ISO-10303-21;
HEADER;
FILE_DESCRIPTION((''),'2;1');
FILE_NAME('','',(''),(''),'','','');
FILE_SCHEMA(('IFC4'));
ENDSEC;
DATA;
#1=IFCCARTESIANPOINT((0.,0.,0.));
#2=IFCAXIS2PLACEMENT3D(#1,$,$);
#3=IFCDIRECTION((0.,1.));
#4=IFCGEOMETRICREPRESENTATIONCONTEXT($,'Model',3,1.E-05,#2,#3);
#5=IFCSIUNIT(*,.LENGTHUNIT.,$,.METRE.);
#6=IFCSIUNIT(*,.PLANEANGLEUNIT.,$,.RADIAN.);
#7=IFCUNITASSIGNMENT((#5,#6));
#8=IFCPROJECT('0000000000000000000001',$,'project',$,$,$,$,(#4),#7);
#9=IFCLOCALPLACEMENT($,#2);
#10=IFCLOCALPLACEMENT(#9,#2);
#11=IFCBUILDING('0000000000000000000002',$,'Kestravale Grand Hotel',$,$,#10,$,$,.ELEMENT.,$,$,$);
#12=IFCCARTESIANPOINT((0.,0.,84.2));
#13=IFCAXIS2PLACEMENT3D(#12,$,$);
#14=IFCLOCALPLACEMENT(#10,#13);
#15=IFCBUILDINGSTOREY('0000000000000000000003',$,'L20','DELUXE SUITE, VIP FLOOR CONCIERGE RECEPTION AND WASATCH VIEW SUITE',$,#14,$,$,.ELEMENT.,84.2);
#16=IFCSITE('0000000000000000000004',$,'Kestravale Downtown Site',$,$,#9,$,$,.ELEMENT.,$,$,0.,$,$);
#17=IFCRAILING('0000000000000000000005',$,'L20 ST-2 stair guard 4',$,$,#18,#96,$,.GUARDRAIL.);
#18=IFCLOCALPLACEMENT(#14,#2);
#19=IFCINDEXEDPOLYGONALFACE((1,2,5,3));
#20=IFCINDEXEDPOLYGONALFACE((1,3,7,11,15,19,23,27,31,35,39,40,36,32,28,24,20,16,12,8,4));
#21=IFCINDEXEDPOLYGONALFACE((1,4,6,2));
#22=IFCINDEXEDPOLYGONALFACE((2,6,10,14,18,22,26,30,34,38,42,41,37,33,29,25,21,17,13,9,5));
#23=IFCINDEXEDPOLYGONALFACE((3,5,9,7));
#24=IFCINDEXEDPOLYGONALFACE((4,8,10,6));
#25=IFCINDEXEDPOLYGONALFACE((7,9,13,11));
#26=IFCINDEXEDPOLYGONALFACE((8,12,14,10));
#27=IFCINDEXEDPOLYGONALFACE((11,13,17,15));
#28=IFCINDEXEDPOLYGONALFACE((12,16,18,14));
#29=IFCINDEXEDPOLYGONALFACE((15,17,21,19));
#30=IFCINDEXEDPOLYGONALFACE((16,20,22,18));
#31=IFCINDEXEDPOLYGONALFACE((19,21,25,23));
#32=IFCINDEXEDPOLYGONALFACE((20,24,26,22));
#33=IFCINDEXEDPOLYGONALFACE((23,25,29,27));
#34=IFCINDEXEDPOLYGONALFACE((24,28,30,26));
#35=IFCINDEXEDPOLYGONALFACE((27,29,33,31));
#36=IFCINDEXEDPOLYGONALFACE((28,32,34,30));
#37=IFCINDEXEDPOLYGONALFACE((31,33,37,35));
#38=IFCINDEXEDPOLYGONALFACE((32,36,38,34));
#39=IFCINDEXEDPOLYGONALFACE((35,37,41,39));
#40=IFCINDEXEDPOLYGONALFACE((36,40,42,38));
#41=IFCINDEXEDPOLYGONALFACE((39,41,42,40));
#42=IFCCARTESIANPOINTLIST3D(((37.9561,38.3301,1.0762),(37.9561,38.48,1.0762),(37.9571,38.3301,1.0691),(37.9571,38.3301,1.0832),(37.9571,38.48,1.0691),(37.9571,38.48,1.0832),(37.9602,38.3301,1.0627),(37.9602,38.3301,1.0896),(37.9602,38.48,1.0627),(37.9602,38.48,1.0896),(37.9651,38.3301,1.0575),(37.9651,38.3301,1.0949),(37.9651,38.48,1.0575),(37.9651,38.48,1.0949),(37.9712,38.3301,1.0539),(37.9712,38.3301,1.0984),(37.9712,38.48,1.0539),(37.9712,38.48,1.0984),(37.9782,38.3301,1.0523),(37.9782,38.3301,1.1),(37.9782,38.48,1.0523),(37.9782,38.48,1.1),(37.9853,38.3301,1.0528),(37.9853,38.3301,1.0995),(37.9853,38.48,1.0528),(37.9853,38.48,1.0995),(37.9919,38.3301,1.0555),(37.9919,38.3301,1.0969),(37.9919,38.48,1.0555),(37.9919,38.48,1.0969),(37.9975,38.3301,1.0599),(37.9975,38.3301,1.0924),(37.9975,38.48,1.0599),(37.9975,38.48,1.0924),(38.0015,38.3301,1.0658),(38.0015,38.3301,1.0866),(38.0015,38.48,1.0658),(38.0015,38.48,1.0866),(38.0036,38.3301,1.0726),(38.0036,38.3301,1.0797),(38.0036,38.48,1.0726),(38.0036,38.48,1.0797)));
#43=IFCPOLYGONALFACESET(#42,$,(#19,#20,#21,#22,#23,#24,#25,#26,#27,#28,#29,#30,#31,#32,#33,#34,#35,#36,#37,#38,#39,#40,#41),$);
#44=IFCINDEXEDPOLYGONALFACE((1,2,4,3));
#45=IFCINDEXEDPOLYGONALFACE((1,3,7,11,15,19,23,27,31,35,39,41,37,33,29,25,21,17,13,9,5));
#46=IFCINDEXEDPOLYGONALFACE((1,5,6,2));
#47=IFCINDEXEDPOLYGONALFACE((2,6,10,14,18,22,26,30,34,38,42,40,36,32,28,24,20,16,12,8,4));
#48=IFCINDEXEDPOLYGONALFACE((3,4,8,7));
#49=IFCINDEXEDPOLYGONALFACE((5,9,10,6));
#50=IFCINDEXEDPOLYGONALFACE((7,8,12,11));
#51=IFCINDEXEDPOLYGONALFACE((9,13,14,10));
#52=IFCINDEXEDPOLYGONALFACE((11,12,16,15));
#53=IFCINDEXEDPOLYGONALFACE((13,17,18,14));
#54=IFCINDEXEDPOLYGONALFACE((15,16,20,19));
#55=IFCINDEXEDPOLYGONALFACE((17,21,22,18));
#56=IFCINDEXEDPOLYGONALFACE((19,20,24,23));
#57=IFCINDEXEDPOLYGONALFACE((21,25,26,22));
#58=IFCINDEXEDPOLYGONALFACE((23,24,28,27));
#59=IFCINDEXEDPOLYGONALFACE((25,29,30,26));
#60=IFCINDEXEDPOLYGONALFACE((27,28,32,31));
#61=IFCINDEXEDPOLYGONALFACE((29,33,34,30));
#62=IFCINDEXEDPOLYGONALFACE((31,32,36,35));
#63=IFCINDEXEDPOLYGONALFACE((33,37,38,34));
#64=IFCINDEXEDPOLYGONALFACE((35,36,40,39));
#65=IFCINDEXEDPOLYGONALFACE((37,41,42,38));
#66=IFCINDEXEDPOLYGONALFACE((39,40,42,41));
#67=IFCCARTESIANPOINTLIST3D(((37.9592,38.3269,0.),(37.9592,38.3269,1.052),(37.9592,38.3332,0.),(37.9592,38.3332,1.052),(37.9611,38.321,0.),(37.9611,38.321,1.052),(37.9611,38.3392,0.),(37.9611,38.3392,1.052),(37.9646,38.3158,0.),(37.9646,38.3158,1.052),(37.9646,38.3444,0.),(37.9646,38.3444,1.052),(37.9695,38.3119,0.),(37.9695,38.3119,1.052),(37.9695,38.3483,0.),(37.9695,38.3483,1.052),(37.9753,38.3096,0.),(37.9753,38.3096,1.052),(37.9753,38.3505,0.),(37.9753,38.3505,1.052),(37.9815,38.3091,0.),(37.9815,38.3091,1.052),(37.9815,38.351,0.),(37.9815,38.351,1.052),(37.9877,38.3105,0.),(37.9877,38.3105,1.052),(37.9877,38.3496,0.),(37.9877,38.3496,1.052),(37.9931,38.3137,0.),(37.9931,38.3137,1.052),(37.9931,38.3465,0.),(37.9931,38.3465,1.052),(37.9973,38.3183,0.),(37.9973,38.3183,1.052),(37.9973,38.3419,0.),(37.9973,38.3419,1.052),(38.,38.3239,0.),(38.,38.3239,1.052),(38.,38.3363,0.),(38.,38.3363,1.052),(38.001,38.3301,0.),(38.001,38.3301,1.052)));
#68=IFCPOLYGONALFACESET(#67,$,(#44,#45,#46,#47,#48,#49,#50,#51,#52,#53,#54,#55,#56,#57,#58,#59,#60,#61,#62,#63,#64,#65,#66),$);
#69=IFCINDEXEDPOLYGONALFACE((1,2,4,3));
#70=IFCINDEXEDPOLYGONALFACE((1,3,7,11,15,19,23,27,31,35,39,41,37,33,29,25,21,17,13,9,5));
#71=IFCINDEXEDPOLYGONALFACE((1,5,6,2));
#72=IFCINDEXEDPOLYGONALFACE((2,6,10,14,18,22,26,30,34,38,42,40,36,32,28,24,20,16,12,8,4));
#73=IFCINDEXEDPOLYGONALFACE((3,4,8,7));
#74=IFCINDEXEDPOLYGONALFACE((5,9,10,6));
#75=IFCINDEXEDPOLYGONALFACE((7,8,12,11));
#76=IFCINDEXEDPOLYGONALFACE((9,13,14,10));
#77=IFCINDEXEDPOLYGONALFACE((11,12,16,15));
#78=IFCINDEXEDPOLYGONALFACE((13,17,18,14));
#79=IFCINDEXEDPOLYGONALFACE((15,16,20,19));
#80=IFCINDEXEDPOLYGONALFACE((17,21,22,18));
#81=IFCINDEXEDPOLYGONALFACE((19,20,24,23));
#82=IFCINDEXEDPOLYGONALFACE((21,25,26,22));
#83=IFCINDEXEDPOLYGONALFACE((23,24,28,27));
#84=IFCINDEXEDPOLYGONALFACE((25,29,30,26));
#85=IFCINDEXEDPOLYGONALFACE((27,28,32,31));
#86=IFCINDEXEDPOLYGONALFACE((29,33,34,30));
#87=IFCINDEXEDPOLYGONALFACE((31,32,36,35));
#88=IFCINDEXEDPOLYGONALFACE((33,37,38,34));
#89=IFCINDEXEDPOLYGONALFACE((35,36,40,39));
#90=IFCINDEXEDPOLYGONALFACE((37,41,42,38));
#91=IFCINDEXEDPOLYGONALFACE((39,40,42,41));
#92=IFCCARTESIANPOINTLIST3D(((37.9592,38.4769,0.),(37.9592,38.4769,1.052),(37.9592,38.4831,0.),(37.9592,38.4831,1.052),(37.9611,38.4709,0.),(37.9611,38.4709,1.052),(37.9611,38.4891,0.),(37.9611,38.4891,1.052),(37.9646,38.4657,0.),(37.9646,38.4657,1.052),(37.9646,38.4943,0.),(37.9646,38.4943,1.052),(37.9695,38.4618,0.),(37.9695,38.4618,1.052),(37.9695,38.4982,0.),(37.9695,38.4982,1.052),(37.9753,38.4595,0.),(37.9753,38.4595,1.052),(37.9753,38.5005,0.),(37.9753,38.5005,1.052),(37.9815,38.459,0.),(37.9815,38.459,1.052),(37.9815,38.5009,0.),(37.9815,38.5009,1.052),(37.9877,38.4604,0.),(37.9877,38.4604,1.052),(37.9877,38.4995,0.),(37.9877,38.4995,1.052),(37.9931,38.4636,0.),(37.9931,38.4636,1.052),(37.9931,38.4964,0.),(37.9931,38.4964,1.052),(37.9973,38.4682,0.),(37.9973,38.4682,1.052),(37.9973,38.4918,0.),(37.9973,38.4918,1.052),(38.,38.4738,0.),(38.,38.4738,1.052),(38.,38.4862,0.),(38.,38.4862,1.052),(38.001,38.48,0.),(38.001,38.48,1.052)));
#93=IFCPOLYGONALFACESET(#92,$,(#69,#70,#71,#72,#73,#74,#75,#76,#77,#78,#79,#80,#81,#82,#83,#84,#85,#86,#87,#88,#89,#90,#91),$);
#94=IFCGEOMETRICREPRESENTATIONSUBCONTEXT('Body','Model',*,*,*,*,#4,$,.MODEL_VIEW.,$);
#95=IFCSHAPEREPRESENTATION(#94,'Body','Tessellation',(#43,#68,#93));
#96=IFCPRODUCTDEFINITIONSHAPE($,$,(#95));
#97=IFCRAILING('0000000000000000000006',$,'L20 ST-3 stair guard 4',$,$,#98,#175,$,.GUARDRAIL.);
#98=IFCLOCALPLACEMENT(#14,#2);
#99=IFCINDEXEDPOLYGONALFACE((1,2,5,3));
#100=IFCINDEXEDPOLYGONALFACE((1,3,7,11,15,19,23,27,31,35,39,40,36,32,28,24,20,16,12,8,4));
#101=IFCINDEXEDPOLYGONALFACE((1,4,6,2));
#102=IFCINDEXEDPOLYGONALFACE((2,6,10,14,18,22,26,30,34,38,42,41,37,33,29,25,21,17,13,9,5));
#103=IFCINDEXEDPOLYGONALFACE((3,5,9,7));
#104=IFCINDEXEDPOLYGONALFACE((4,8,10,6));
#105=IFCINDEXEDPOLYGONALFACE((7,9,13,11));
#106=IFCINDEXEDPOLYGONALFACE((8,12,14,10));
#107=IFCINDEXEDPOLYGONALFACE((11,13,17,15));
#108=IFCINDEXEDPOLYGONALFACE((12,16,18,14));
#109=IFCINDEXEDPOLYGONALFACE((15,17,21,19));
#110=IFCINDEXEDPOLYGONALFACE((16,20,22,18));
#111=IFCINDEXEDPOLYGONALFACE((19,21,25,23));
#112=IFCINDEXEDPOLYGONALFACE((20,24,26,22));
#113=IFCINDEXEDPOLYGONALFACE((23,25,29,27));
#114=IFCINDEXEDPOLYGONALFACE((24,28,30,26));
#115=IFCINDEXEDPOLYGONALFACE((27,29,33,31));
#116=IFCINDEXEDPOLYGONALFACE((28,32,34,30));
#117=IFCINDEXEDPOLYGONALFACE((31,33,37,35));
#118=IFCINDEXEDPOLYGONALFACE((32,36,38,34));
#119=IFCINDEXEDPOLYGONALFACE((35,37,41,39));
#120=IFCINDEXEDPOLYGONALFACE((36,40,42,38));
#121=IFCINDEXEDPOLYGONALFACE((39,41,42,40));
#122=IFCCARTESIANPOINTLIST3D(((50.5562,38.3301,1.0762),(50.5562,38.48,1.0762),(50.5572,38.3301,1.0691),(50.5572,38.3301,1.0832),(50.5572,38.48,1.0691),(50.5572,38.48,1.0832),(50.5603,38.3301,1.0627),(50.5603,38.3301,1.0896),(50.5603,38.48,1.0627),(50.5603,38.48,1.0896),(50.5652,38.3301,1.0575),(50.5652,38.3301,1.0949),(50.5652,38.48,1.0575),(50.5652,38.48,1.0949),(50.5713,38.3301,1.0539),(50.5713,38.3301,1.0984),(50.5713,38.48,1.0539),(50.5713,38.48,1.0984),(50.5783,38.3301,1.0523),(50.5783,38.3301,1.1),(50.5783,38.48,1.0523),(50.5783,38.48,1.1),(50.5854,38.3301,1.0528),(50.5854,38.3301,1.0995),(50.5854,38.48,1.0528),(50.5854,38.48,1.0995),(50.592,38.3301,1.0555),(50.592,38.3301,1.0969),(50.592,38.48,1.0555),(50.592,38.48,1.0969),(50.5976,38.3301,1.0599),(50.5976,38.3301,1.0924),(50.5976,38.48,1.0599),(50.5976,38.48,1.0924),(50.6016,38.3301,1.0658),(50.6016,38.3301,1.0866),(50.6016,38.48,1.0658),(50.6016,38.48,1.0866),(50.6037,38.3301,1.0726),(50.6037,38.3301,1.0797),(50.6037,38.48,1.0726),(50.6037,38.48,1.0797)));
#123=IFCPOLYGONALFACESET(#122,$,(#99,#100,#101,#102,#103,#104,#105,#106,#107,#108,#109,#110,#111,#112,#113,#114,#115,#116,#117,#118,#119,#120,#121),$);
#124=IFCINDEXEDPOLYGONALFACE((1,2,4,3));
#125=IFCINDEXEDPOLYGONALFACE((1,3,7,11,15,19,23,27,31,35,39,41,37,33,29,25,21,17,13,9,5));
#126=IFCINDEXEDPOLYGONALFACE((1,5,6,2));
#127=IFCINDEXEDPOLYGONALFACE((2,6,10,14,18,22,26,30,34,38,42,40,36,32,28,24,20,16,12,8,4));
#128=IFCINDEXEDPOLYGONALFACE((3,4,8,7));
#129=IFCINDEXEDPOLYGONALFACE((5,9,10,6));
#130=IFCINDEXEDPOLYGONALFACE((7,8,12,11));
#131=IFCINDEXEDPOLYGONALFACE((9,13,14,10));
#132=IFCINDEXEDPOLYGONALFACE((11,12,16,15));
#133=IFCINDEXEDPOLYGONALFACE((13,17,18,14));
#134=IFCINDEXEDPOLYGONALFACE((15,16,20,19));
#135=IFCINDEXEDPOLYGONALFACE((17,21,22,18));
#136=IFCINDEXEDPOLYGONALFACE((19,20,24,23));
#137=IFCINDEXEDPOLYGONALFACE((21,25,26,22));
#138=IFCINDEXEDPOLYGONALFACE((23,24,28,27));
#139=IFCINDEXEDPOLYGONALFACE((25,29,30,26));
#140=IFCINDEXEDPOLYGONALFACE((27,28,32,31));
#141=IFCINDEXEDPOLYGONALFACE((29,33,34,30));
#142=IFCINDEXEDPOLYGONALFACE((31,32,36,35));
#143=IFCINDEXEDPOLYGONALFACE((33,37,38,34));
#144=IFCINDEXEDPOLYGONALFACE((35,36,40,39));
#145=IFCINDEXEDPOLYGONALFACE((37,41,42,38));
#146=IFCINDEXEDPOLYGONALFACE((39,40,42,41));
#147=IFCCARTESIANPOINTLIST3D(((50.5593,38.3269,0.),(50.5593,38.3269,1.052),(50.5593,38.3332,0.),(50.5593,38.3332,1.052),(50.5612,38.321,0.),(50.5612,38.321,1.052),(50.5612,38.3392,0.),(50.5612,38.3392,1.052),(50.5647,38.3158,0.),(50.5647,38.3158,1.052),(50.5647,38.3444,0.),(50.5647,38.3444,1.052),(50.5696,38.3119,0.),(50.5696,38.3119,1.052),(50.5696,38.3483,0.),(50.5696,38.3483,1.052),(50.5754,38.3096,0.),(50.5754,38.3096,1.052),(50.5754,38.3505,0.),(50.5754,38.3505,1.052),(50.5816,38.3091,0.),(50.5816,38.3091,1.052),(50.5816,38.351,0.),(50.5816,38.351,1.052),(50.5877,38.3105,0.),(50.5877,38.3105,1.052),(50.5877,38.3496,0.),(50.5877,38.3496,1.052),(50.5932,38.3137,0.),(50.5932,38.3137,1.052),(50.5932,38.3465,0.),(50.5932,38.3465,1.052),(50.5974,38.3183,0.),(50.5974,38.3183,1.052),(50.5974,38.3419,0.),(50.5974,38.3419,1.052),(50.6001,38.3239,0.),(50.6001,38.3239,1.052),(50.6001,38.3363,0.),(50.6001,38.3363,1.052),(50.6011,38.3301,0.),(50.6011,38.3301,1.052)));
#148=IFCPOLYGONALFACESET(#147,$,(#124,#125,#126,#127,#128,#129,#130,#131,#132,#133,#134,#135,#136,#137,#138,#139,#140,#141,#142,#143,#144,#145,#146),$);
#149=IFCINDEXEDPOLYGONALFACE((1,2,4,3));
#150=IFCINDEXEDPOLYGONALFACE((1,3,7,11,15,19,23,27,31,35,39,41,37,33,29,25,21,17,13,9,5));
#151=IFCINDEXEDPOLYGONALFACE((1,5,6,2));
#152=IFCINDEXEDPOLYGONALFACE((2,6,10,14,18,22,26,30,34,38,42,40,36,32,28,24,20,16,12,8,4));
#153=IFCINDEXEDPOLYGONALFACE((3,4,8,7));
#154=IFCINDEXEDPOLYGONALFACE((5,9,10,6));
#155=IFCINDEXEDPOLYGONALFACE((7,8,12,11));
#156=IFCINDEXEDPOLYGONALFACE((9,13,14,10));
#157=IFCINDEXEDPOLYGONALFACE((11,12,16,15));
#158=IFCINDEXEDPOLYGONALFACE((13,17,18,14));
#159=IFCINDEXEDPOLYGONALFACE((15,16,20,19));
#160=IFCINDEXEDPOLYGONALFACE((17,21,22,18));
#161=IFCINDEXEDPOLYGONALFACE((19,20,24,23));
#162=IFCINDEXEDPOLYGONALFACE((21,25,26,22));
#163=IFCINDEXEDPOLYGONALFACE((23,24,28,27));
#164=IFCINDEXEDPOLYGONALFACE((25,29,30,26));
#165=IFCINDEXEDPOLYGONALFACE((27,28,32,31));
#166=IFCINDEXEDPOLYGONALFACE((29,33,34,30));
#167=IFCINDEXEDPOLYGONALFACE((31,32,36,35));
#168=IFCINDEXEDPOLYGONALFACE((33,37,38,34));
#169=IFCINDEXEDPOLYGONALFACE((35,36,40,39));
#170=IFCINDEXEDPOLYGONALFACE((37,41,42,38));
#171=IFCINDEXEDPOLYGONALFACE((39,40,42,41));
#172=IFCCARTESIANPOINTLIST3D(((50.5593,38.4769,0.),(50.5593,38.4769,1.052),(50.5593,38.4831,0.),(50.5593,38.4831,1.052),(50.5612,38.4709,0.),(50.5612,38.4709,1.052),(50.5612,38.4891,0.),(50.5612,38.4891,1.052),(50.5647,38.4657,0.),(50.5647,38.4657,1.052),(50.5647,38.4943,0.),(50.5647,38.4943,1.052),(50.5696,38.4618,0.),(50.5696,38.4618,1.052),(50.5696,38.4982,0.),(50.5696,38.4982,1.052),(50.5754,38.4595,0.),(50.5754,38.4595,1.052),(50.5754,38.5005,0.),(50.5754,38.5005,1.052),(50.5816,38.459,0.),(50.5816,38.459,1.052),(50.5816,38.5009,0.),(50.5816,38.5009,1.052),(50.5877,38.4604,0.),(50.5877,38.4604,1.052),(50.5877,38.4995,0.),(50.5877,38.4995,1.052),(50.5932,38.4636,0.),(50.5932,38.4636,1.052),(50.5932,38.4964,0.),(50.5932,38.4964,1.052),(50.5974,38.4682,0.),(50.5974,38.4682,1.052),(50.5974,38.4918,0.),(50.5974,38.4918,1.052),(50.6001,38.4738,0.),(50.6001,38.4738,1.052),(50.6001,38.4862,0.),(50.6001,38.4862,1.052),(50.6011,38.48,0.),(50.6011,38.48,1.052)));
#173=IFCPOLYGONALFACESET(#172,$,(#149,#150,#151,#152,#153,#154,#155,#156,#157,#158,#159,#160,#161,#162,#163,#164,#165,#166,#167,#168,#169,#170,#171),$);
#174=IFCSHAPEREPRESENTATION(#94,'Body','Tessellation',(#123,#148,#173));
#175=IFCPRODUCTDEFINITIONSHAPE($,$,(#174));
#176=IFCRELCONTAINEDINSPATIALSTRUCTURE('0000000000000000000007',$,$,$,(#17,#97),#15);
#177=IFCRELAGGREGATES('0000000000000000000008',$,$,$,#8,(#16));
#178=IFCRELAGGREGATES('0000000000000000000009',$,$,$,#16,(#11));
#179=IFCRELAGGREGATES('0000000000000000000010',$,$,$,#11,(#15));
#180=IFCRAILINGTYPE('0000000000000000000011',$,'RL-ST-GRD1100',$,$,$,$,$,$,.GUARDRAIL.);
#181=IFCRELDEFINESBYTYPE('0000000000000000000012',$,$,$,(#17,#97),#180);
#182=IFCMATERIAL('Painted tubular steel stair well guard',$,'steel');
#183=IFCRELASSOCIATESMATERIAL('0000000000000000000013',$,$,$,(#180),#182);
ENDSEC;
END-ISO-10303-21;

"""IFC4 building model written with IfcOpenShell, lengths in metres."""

from ifc_helpers import new_model, si_unit, direction, frame, origin, origin_2d, place, context, subcontext, project, spatial, circle, extrude, material, type_object, element, save


model = new_model("IFC4")

# Units and contexts
model_context = context("Model", 3, precision=1e-05, world=origin(), true_north=direction((0.0, 1.0)))
body_context = subcontext(model_context, "Body", "Model", "MODEL_VIEW")
ifc_project = project(units=[si_unit("LENGTHUNIT", "METRE"), si_unit("PLANEANGLEUNIT", "RADIAN")], contexts=[model_context])

# Site, building, storey
site_placement = place(None, origin())
site = spatial("IfcSite", under=ifc_project, at=site_placement, Name="Kestravale Downtown Site", CompositionType="ELEMENT", RefElevation=0.0)
building_placement = place(site_placement, origin())
building = spatial("IfcBuilding", under=site, at=building_placement, Name="Kestravale Grand Hotel", CompositionType="ELEMENT")
storey_placement = place(building_placement, frame((0.0, 0.0, 84.2)))
storey = spatial("IfcBuildingStorey", under=building, at=storey_placement, Name="L20", Description="DELUXE SUITE, VIP FLOOR CONCIERGE RECEPTION AND WASATCH VIEW SUITE", CompositionType="ELEMENT", Elevation=84.2)

# Railings
ifc_material_1 = material(Name="Painted tubular steel stair well guard", Category="steel")
railing_type_1 = type_object("IfcRailingType", Name="RL-ST-GRD1100", PredefinedType="GUARDRAIL", material=ifc_material_1)
for number, where, name in (
    (1, (37.98, 38.3301, 0.0), "L20 ST-2 stair guard 4"),
    (2, (50.5801, 38.3301, 0.0), "L20 ST-3 stair guard 4"),
):
    element("IfcRailing", number, at=place(storey_placement, frame(where)), inside=storey, type_object=railing_type_1, Name=name, PredefinedType="GUARDRAIL", context=body_context, shape_type="SweptSolid", body=[
        extrude(circle(Radius=0.0239, at=origin_2d()), frame((0.0, 0.0, 1.0762), z_axis=(0.0, 1.0, 0.0), x_axis=(-1.0, 0.0, 0.0)), (0.0, 0.0, 1.0), 0.1499),
        extrude(circle(Radius=0.021, at=origin_2d()), origin(), (0.0, 0.0, 1.0), 1.052),
        extrude(circle(Radius=0.021, at=origin_2d()), frame((0.0, 0.1499, 0.0)), (0.0, 0.0, 1.0), 1.052),
    ])

save(model, "model.ifc")
